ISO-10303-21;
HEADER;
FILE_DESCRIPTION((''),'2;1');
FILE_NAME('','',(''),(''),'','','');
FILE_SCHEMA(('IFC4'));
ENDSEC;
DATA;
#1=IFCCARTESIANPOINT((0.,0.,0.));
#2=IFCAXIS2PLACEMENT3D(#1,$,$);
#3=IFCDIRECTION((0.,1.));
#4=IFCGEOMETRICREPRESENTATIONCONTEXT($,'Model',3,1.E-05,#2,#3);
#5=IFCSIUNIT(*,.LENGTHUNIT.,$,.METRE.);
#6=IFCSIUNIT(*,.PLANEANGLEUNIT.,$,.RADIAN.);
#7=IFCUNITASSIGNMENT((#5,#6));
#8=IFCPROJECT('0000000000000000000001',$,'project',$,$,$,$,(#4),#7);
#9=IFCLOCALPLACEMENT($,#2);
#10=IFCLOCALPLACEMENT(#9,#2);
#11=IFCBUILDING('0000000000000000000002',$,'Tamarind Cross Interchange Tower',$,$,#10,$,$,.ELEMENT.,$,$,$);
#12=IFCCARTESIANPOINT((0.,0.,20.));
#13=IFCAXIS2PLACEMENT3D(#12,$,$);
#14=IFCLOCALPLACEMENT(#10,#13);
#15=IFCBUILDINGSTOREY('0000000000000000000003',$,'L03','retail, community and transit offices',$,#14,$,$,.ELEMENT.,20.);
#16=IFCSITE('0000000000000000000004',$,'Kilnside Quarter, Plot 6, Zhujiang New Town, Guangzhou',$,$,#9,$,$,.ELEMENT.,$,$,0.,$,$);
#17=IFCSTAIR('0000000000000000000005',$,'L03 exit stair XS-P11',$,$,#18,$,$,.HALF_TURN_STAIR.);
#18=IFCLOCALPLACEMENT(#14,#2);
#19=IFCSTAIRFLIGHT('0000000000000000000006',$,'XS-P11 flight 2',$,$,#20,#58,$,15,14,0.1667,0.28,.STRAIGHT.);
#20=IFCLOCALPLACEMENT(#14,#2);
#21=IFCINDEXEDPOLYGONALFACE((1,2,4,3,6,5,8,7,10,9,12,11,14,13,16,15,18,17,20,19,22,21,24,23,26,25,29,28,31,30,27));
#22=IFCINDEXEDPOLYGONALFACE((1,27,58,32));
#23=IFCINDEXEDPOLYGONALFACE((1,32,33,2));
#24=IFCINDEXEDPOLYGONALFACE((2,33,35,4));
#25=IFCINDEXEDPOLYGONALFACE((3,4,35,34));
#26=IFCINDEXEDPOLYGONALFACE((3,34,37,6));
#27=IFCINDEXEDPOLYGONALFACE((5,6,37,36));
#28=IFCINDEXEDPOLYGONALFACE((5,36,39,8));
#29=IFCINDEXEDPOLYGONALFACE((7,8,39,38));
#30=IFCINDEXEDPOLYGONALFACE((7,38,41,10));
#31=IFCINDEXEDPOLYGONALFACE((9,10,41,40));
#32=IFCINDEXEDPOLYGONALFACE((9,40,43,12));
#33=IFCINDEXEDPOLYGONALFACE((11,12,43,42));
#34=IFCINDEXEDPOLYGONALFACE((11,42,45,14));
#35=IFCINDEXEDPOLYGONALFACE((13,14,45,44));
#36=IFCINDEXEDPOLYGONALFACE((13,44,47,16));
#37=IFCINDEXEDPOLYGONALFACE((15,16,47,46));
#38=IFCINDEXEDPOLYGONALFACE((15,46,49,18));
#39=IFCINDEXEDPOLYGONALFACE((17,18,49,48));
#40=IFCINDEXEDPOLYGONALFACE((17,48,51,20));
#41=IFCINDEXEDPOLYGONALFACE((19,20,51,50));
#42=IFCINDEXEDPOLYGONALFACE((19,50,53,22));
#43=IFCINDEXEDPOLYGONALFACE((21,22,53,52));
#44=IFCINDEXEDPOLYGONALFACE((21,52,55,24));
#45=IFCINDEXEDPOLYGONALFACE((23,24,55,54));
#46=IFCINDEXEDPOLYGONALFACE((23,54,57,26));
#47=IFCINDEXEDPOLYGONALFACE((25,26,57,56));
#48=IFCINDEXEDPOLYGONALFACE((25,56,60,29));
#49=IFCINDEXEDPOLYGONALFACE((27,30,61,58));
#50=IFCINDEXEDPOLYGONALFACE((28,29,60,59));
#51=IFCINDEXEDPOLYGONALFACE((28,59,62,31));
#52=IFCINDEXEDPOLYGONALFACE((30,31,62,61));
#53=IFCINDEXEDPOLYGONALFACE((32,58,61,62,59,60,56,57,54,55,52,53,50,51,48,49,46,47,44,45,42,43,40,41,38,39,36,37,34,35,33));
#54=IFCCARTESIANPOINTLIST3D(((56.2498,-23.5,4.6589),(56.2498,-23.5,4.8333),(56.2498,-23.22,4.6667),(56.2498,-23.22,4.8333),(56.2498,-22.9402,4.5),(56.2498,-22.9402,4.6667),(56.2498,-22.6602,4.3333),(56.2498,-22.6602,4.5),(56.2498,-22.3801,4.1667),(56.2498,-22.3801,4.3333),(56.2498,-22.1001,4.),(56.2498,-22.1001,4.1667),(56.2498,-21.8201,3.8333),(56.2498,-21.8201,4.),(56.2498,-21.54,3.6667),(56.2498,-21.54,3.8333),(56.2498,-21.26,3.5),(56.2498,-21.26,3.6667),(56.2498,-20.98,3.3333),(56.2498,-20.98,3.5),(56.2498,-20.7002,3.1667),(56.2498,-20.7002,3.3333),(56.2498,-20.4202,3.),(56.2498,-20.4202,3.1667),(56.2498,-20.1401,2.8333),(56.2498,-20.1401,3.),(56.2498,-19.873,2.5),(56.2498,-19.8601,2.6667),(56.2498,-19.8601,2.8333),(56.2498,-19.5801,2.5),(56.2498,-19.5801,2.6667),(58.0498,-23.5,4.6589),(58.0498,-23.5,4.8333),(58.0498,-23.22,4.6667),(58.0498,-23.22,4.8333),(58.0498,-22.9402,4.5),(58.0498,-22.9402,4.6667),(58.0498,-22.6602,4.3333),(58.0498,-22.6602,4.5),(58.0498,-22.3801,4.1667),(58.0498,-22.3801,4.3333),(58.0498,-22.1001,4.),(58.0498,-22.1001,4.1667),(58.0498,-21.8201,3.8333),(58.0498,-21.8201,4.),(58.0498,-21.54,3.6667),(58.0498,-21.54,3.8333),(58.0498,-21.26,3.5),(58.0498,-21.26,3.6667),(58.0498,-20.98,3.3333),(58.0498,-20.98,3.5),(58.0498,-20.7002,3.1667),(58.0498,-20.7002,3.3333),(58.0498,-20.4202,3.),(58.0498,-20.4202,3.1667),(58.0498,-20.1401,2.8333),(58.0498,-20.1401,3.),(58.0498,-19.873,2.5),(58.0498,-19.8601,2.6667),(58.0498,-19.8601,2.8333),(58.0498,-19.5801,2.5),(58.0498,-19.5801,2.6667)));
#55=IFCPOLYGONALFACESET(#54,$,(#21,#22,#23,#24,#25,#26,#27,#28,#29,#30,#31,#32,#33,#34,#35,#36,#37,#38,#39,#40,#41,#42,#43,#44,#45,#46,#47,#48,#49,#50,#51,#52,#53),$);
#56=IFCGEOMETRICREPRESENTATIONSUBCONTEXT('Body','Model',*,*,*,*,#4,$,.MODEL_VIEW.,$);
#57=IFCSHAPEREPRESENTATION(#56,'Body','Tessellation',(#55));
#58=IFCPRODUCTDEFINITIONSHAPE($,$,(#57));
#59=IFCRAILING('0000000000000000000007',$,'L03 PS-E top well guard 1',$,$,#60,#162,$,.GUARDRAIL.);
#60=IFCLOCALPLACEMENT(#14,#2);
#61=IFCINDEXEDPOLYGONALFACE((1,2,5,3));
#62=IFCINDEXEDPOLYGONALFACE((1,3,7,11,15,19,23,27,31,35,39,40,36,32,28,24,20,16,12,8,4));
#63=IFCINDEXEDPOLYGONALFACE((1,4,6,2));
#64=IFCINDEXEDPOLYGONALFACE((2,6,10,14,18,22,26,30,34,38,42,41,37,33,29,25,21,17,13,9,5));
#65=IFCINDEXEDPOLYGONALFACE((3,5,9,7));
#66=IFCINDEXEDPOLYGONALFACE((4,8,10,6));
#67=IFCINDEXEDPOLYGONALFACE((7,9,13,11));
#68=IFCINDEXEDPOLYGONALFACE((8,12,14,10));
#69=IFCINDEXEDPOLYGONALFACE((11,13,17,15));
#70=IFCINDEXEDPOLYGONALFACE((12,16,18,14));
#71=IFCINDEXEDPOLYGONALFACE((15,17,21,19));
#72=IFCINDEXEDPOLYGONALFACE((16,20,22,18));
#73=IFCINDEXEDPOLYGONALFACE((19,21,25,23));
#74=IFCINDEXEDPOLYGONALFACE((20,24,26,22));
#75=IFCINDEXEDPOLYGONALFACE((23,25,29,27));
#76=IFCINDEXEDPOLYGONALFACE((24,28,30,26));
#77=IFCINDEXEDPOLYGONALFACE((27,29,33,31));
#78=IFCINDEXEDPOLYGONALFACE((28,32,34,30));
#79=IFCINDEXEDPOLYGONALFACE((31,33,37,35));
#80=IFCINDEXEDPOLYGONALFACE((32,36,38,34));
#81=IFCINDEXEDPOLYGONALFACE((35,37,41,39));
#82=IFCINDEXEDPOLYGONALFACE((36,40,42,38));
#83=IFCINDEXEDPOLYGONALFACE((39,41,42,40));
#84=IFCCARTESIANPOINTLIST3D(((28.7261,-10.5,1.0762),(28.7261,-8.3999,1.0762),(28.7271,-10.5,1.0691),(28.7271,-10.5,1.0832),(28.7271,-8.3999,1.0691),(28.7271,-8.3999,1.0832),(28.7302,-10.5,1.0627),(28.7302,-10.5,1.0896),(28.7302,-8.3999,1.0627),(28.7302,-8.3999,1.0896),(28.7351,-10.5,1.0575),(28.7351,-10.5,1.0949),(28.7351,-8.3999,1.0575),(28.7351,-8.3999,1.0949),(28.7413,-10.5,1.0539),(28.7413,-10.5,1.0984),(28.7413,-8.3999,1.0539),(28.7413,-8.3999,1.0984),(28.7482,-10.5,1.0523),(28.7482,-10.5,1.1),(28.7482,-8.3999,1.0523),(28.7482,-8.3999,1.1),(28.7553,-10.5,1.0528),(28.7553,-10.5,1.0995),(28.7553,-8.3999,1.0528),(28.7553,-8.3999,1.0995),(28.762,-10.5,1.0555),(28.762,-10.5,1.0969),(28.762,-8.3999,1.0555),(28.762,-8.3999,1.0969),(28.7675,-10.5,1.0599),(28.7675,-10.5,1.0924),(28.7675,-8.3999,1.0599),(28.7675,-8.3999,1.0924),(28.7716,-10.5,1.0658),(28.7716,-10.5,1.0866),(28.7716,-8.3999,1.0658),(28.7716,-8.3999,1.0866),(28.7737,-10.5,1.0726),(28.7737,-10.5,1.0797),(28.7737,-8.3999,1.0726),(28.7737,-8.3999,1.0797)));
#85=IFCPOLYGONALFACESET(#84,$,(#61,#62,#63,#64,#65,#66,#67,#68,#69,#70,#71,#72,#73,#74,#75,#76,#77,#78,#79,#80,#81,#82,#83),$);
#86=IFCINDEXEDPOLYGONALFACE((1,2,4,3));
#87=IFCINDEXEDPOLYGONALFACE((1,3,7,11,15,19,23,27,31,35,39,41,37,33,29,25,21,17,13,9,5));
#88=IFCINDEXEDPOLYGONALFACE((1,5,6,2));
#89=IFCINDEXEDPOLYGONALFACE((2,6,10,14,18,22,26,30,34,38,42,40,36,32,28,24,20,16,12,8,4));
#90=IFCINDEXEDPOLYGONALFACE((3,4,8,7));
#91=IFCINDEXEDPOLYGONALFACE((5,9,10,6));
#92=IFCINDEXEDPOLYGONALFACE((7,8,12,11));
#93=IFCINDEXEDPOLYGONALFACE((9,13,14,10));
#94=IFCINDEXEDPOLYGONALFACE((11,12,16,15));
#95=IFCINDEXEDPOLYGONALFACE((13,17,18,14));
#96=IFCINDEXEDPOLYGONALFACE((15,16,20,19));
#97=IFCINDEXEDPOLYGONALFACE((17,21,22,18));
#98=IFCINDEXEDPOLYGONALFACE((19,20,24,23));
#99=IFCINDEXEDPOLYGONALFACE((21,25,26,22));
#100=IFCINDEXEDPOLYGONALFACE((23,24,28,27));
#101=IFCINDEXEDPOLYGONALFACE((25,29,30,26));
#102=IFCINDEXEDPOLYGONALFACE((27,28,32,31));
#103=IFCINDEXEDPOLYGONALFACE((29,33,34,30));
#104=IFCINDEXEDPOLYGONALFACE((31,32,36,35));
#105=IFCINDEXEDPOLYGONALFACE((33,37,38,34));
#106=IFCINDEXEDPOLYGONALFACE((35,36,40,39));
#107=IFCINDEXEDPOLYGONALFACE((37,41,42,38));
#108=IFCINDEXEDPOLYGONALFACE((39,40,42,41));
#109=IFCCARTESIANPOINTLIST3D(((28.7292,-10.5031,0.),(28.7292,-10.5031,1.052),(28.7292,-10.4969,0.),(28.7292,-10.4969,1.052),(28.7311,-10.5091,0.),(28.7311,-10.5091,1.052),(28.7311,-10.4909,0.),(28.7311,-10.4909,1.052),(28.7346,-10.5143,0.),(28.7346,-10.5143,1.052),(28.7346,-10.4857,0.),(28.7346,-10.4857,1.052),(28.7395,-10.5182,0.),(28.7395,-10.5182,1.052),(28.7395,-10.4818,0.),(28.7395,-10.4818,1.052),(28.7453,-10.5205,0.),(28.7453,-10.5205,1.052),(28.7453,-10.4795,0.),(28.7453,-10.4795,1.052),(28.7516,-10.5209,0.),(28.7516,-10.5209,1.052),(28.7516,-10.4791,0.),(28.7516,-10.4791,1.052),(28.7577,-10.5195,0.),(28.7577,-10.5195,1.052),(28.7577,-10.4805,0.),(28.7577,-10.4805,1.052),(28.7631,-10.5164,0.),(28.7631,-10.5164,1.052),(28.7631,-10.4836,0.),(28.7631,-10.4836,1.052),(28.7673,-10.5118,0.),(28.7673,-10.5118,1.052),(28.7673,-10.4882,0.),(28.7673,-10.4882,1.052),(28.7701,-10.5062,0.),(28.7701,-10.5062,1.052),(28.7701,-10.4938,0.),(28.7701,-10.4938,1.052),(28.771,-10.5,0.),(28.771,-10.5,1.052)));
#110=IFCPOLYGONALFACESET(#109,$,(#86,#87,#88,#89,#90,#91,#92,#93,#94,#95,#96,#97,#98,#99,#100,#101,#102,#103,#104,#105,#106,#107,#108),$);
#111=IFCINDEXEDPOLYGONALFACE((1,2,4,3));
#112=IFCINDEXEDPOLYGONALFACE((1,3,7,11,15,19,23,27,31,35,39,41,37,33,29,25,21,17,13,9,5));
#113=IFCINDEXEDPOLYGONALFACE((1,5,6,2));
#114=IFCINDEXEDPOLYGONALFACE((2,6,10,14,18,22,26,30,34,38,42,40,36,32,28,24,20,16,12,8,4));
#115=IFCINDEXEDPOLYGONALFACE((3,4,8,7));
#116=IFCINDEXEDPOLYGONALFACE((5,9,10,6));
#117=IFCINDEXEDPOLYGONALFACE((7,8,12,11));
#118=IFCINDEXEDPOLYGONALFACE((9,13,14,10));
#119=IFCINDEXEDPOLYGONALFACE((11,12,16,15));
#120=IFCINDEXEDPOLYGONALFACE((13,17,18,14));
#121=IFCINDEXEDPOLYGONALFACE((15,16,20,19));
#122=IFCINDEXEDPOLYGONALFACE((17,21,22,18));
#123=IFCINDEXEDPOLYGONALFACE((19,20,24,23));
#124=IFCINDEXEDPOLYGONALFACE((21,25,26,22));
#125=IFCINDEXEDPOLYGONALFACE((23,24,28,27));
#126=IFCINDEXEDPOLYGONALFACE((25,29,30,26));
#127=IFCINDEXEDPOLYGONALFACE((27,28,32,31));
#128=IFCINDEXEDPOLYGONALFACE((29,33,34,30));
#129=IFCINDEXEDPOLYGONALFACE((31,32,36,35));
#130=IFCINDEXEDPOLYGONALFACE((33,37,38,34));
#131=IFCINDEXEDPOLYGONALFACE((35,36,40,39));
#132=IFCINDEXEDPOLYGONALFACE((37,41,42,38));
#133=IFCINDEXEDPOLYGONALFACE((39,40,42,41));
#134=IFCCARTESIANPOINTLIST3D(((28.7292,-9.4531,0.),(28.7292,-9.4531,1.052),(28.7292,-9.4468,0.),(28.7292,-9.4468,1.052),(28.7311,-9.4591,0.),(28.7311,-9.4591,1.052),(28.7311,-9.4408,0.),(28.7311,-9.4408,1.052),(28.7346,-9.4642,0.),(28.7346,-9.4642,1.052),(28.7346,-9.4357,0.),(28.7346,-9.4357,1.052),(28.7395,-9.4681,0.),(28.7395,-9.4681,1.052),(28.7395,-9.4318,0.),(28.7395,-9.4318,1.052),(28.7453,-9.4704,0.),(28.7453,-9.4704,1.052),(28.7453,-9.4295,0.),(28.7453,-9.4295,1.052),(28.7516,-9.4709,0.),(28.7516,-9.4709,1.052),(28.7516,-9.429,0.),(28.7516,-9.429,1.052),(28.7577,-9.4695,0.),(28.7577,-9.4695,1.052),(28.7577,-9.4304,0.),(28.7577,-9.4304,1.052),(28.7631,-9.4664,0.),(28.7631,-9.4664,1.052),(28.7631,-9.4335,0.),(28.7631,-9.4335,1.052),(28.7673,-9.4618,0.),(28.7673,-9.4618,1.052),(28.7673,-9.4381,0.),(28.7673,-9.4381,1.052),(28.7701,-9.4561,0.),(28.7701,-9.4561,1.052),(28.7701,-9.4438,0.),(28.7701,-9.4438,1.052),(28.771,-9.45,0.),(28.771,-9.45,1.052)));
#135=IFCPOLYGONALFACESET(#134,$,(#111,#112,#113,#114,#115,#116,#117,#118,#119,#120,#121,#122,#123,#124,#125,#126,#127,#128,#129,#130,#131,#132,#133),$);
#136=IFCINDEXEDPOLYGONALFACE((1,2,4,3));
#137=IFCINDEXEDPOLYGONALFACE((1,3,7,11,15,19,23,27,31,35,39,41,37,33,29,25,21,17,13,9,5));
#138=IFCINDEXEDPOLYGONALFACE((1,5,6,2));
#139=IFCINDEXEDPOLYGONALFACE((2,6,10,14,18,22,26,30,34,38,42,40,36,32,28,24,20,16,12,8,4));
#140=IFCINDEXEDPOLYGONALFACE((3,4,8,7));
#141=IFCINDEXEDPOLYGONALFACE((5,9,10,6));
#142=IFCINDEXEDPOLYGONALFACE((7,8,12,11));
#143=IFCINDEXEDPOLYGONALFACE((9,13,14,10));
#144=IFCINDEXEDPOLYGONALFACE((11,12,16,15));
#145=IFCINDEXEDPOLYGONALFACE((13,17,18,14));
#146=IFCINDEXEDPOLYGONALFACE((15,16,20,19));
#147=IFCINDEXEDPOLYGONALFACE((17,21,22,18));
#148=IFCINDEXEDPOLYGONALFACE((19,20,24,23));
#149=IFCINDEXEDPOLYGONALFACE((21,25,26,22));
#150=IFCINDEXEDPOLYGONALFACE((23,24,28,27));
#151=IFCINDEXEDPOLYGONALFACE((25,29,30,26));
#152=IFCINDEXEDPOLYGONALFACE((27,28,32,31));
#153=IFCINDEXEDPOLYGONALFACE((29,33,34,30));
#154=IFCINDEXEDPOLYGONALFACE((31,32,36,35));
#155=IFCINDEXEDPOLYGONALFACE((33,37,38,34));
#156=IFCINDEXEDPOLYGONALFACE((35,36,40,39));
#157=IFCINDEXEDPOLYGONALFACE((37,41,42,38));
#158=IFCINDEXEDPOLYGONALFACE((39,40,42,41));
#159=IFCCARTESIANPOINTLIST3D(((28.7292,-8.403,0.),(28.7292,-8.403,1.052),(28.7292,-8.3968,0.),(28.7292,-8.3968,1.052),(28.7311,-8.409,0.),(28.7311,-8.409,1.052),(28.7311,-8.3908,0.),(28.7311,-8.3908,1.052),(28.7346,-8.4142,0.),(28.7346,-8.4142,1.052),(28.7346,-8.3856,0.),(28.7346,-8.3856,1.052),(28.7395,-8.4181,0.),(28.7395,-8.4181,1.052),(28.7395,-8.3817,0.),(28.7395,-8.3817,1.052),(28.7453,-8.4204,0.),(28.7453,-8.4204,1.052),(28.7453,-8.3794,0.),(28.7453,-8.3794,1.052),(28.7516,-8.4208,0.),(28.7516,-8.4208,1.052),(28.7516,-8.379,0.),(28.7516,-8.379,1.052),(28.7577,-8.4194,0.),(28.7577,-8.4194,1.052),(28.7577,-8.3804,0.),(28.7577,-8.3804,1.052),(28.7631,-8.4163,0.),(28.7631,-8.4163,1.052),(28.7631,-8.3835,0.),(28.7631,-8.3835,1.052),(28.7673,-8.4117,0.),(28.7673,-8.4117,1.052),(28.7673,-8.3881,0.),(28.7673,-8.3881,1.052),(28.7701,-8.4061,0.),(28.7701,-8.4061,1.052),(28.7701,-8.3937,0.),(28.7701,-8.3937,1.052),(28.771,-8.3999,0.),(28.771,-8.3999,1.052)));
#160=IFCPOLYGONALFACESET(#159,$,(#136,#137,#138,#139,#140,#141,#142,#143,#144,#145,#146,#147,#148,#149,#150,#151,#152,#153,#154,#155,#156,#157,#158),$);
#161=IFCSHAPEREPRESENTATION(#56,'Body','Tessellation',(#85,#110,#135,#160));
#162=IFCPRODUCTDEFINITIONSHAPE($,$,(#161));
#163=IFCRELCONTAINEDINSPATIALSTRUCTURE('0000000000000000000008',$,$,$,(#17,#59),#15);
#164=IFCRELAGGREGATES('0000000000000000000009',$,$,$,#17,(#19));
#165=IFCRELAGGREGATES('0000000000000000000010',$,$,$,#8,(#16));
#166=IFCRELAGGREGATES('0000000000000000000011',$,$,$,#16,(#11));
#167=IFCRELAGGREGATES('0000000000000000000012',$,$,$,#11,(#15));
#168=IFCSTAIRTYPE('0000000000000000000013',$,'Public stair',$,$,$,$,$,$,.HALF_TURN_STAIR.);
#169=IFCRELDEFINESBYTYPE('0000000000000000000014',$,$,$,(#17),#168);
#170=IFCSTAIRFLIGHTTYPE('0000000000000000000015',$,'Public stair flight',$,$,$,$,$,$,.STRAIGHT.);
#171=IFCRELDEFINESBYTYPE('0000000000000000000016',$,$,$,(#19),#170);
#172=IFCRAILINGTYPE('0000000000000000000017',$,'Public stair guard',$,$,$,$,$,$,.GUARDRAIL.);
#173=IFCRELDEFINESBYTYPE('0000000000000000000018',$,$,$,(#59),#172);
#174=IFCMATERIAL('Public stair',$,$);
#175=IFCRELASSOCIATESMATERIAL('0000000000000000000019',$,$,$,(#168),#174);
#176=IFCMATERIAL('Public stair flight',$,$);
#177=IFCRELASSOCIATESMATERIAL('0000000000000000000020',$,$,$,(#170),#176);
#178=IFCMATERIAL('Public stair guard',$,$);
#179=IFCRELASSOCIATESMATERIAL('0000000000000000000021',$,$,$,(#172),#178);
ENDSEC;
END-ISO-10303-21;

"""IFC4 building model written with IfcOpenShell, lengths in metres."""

from ifc_helpers import new_model, si_unit, direction, frame, origin, origin_2d, place, context, subcontext, project, spatial, polyline, circle, outline, extrude, material, type_object, element, aggregate, save


model = new_model("IFC4")

# Units and contexts
model_context = context("Model", 3, precision=1e-05, world=origin(), true_north=direction((0.0, 1.0)))
body_context = subcontext(model_context, "Body", "Model", "MODEL_VIEW")
ifc_project = project(units=[si_unit("LENGTHUNIT", "METRE"), si_unit("PLANEANGLEUNIT", "RADIAN")], contexts=[model_context])

# Site, building, storey
site_placement = place(None, origin())
site = spatial("IfcSite", under=ifc_project, at=site_placement, Name="Kilnside Quarter, Plot 6, Zhujiang New Town, Guangzhou", CompositionType="ELEMENT", RefElevation=0.0)
building_placement = place(site_placement, origin())
building = spatial("IfcBuilding", under=site, at=building_placement, Name="Tamarind Cross Interchange Tower", CompositionType="ELEMENT")
storey_placement = place(building_placement, frame((0.0, 0.0, 20.0)))
storey = spatial("IfcBuildingStorey", under=building, at=storey_placement, Name="L03", Description="retail, community and transit offices", CompositionType="ELEMENT", Elevation=20.0)

# Stair, stair flight
ifc_material_1 = material(Name="Public stair")
stair_type_1 = type_object("IfcStairType", Name="Public stair", PredefinedType="HALF_TURN_STAIR", material=ifc_material_1)
stair_1_placement = place(storey_placement, origin())
stair_1 = element("IfcStair", 1, at=stair_1_placement, inside=storey, type_object=stair_type_1, Name="L03 exit stair XS-P11", PredefinedType="HALF_TURN_STAIR")
ifc_material_2 = material(Name="Public stair flight")
stair_flight_type_1 = type_object("IfcStairFlightType", Name="Public stair flight", PredefinedType="STRAIGHT", material=ifc_material_2)
stair_flight_1_placement = place(storey_placement, frame((57.1499, -19.5801, 2.5), z_axis=(0.0, 0.0, 1.0), x_axis=(0.0, -1.0, 0.0)))
stair_flight_1 = element("IfcStairFlight", 2, at=stair_flight_1_placement, type_object=stair_flight_type_1, Name="XS-P11 flight 2", NumberOfRisers=15, NumberOfTreads=14, PredefinedType="STRAIGHT", RiserHeight=0.1667, TreadLength=0.28, context=body_context, shape_type="SweptSolid", body=[
    extrude(outline(polyline([(0.0, 0.0), (0.0, 0.1667), (0.28, 0.1667), (0.28, 0.3333), (0.5601, 0.3333), (0.5601, 0.5), (0.8401, 0.5), (0.8401, 0.6667), (1.1201, 0.6667), (1.1201, 0.8333), (1.3999, 0.8333), (1.3999, 1.0), (1.6799, 1.0), (1.6799, 1.1667), (1.96, 1.1667), (1.96, 1.3333), (2.24, 1.3333), (2.24, 1.5), (2.52, 1.5), (2.52, 1.6667), (2.8, 1.6667), (2.8, 1.8333), (3.0801, 1.8333), (3.0801, 2.0), (3.3601, 2.0), (3.3601, 2.1667), (3.6399, 2.1667), (3.6399, 2.3333), (3.9199, 2.3333), (3.9199, 2.5), (3.9199, 2.1589), (0.293, 0.0), (0.0, 0.0)])), frame((0.0, 0.8999, 0.0), z_axis=(0.0, -1.0, 0.0), x_axis=(1.0, 0.0, 0.0)), (0.0, 0.0, 1.0), 1.8),
])
aggregate(stair_1, [stair_flight_1])

# Railing
ifc_material_3 = material(Name="Public stair guard")
railing_type_1 = type_object("IfcRailingType", Name="Public stair guard", PredefinedType="GUARDRAIL", material=ifc_material_3)
railing_1_placement = place(storey_placement, frame((28.75, -10.5, 0.0)))
element("IfcRailing", 3, at=railing_1_placement, inside=storey, type_object=railing_type_1, Name="L03 PS-E top well guard 1", PredefinedType="GUARDRAIL", context=body_context, shape_type="SweptSolid", body=[
    extrude(circle(Radius=0.0239, at=origin_2d()), frame((0.0, 0.0, 1.0762), z_axis=(0.0, 1.0, 0.0), x_axis=(-1.0, 0.0, 0.0)), (0.0, 0.0, 1.0), 2.1001),
    extrude(circle(Radius=0.021, at=origin_2d()), origin(), (0.0, 0.0, 1.0), 1.052),
    extrude(circle(Radius=0.021, at=origin_2d()), frame((0.0, 1.05, 0.0)), (0.0, 0.0, 1.0), 1.052),
    extrude(circle(Radius=0.021, at=origin_2d()), frame((0.0, 2.1001, 0.0)), (0.0, 0.0, 1.0), 1.052),
])

save(model, "model.ifc")
